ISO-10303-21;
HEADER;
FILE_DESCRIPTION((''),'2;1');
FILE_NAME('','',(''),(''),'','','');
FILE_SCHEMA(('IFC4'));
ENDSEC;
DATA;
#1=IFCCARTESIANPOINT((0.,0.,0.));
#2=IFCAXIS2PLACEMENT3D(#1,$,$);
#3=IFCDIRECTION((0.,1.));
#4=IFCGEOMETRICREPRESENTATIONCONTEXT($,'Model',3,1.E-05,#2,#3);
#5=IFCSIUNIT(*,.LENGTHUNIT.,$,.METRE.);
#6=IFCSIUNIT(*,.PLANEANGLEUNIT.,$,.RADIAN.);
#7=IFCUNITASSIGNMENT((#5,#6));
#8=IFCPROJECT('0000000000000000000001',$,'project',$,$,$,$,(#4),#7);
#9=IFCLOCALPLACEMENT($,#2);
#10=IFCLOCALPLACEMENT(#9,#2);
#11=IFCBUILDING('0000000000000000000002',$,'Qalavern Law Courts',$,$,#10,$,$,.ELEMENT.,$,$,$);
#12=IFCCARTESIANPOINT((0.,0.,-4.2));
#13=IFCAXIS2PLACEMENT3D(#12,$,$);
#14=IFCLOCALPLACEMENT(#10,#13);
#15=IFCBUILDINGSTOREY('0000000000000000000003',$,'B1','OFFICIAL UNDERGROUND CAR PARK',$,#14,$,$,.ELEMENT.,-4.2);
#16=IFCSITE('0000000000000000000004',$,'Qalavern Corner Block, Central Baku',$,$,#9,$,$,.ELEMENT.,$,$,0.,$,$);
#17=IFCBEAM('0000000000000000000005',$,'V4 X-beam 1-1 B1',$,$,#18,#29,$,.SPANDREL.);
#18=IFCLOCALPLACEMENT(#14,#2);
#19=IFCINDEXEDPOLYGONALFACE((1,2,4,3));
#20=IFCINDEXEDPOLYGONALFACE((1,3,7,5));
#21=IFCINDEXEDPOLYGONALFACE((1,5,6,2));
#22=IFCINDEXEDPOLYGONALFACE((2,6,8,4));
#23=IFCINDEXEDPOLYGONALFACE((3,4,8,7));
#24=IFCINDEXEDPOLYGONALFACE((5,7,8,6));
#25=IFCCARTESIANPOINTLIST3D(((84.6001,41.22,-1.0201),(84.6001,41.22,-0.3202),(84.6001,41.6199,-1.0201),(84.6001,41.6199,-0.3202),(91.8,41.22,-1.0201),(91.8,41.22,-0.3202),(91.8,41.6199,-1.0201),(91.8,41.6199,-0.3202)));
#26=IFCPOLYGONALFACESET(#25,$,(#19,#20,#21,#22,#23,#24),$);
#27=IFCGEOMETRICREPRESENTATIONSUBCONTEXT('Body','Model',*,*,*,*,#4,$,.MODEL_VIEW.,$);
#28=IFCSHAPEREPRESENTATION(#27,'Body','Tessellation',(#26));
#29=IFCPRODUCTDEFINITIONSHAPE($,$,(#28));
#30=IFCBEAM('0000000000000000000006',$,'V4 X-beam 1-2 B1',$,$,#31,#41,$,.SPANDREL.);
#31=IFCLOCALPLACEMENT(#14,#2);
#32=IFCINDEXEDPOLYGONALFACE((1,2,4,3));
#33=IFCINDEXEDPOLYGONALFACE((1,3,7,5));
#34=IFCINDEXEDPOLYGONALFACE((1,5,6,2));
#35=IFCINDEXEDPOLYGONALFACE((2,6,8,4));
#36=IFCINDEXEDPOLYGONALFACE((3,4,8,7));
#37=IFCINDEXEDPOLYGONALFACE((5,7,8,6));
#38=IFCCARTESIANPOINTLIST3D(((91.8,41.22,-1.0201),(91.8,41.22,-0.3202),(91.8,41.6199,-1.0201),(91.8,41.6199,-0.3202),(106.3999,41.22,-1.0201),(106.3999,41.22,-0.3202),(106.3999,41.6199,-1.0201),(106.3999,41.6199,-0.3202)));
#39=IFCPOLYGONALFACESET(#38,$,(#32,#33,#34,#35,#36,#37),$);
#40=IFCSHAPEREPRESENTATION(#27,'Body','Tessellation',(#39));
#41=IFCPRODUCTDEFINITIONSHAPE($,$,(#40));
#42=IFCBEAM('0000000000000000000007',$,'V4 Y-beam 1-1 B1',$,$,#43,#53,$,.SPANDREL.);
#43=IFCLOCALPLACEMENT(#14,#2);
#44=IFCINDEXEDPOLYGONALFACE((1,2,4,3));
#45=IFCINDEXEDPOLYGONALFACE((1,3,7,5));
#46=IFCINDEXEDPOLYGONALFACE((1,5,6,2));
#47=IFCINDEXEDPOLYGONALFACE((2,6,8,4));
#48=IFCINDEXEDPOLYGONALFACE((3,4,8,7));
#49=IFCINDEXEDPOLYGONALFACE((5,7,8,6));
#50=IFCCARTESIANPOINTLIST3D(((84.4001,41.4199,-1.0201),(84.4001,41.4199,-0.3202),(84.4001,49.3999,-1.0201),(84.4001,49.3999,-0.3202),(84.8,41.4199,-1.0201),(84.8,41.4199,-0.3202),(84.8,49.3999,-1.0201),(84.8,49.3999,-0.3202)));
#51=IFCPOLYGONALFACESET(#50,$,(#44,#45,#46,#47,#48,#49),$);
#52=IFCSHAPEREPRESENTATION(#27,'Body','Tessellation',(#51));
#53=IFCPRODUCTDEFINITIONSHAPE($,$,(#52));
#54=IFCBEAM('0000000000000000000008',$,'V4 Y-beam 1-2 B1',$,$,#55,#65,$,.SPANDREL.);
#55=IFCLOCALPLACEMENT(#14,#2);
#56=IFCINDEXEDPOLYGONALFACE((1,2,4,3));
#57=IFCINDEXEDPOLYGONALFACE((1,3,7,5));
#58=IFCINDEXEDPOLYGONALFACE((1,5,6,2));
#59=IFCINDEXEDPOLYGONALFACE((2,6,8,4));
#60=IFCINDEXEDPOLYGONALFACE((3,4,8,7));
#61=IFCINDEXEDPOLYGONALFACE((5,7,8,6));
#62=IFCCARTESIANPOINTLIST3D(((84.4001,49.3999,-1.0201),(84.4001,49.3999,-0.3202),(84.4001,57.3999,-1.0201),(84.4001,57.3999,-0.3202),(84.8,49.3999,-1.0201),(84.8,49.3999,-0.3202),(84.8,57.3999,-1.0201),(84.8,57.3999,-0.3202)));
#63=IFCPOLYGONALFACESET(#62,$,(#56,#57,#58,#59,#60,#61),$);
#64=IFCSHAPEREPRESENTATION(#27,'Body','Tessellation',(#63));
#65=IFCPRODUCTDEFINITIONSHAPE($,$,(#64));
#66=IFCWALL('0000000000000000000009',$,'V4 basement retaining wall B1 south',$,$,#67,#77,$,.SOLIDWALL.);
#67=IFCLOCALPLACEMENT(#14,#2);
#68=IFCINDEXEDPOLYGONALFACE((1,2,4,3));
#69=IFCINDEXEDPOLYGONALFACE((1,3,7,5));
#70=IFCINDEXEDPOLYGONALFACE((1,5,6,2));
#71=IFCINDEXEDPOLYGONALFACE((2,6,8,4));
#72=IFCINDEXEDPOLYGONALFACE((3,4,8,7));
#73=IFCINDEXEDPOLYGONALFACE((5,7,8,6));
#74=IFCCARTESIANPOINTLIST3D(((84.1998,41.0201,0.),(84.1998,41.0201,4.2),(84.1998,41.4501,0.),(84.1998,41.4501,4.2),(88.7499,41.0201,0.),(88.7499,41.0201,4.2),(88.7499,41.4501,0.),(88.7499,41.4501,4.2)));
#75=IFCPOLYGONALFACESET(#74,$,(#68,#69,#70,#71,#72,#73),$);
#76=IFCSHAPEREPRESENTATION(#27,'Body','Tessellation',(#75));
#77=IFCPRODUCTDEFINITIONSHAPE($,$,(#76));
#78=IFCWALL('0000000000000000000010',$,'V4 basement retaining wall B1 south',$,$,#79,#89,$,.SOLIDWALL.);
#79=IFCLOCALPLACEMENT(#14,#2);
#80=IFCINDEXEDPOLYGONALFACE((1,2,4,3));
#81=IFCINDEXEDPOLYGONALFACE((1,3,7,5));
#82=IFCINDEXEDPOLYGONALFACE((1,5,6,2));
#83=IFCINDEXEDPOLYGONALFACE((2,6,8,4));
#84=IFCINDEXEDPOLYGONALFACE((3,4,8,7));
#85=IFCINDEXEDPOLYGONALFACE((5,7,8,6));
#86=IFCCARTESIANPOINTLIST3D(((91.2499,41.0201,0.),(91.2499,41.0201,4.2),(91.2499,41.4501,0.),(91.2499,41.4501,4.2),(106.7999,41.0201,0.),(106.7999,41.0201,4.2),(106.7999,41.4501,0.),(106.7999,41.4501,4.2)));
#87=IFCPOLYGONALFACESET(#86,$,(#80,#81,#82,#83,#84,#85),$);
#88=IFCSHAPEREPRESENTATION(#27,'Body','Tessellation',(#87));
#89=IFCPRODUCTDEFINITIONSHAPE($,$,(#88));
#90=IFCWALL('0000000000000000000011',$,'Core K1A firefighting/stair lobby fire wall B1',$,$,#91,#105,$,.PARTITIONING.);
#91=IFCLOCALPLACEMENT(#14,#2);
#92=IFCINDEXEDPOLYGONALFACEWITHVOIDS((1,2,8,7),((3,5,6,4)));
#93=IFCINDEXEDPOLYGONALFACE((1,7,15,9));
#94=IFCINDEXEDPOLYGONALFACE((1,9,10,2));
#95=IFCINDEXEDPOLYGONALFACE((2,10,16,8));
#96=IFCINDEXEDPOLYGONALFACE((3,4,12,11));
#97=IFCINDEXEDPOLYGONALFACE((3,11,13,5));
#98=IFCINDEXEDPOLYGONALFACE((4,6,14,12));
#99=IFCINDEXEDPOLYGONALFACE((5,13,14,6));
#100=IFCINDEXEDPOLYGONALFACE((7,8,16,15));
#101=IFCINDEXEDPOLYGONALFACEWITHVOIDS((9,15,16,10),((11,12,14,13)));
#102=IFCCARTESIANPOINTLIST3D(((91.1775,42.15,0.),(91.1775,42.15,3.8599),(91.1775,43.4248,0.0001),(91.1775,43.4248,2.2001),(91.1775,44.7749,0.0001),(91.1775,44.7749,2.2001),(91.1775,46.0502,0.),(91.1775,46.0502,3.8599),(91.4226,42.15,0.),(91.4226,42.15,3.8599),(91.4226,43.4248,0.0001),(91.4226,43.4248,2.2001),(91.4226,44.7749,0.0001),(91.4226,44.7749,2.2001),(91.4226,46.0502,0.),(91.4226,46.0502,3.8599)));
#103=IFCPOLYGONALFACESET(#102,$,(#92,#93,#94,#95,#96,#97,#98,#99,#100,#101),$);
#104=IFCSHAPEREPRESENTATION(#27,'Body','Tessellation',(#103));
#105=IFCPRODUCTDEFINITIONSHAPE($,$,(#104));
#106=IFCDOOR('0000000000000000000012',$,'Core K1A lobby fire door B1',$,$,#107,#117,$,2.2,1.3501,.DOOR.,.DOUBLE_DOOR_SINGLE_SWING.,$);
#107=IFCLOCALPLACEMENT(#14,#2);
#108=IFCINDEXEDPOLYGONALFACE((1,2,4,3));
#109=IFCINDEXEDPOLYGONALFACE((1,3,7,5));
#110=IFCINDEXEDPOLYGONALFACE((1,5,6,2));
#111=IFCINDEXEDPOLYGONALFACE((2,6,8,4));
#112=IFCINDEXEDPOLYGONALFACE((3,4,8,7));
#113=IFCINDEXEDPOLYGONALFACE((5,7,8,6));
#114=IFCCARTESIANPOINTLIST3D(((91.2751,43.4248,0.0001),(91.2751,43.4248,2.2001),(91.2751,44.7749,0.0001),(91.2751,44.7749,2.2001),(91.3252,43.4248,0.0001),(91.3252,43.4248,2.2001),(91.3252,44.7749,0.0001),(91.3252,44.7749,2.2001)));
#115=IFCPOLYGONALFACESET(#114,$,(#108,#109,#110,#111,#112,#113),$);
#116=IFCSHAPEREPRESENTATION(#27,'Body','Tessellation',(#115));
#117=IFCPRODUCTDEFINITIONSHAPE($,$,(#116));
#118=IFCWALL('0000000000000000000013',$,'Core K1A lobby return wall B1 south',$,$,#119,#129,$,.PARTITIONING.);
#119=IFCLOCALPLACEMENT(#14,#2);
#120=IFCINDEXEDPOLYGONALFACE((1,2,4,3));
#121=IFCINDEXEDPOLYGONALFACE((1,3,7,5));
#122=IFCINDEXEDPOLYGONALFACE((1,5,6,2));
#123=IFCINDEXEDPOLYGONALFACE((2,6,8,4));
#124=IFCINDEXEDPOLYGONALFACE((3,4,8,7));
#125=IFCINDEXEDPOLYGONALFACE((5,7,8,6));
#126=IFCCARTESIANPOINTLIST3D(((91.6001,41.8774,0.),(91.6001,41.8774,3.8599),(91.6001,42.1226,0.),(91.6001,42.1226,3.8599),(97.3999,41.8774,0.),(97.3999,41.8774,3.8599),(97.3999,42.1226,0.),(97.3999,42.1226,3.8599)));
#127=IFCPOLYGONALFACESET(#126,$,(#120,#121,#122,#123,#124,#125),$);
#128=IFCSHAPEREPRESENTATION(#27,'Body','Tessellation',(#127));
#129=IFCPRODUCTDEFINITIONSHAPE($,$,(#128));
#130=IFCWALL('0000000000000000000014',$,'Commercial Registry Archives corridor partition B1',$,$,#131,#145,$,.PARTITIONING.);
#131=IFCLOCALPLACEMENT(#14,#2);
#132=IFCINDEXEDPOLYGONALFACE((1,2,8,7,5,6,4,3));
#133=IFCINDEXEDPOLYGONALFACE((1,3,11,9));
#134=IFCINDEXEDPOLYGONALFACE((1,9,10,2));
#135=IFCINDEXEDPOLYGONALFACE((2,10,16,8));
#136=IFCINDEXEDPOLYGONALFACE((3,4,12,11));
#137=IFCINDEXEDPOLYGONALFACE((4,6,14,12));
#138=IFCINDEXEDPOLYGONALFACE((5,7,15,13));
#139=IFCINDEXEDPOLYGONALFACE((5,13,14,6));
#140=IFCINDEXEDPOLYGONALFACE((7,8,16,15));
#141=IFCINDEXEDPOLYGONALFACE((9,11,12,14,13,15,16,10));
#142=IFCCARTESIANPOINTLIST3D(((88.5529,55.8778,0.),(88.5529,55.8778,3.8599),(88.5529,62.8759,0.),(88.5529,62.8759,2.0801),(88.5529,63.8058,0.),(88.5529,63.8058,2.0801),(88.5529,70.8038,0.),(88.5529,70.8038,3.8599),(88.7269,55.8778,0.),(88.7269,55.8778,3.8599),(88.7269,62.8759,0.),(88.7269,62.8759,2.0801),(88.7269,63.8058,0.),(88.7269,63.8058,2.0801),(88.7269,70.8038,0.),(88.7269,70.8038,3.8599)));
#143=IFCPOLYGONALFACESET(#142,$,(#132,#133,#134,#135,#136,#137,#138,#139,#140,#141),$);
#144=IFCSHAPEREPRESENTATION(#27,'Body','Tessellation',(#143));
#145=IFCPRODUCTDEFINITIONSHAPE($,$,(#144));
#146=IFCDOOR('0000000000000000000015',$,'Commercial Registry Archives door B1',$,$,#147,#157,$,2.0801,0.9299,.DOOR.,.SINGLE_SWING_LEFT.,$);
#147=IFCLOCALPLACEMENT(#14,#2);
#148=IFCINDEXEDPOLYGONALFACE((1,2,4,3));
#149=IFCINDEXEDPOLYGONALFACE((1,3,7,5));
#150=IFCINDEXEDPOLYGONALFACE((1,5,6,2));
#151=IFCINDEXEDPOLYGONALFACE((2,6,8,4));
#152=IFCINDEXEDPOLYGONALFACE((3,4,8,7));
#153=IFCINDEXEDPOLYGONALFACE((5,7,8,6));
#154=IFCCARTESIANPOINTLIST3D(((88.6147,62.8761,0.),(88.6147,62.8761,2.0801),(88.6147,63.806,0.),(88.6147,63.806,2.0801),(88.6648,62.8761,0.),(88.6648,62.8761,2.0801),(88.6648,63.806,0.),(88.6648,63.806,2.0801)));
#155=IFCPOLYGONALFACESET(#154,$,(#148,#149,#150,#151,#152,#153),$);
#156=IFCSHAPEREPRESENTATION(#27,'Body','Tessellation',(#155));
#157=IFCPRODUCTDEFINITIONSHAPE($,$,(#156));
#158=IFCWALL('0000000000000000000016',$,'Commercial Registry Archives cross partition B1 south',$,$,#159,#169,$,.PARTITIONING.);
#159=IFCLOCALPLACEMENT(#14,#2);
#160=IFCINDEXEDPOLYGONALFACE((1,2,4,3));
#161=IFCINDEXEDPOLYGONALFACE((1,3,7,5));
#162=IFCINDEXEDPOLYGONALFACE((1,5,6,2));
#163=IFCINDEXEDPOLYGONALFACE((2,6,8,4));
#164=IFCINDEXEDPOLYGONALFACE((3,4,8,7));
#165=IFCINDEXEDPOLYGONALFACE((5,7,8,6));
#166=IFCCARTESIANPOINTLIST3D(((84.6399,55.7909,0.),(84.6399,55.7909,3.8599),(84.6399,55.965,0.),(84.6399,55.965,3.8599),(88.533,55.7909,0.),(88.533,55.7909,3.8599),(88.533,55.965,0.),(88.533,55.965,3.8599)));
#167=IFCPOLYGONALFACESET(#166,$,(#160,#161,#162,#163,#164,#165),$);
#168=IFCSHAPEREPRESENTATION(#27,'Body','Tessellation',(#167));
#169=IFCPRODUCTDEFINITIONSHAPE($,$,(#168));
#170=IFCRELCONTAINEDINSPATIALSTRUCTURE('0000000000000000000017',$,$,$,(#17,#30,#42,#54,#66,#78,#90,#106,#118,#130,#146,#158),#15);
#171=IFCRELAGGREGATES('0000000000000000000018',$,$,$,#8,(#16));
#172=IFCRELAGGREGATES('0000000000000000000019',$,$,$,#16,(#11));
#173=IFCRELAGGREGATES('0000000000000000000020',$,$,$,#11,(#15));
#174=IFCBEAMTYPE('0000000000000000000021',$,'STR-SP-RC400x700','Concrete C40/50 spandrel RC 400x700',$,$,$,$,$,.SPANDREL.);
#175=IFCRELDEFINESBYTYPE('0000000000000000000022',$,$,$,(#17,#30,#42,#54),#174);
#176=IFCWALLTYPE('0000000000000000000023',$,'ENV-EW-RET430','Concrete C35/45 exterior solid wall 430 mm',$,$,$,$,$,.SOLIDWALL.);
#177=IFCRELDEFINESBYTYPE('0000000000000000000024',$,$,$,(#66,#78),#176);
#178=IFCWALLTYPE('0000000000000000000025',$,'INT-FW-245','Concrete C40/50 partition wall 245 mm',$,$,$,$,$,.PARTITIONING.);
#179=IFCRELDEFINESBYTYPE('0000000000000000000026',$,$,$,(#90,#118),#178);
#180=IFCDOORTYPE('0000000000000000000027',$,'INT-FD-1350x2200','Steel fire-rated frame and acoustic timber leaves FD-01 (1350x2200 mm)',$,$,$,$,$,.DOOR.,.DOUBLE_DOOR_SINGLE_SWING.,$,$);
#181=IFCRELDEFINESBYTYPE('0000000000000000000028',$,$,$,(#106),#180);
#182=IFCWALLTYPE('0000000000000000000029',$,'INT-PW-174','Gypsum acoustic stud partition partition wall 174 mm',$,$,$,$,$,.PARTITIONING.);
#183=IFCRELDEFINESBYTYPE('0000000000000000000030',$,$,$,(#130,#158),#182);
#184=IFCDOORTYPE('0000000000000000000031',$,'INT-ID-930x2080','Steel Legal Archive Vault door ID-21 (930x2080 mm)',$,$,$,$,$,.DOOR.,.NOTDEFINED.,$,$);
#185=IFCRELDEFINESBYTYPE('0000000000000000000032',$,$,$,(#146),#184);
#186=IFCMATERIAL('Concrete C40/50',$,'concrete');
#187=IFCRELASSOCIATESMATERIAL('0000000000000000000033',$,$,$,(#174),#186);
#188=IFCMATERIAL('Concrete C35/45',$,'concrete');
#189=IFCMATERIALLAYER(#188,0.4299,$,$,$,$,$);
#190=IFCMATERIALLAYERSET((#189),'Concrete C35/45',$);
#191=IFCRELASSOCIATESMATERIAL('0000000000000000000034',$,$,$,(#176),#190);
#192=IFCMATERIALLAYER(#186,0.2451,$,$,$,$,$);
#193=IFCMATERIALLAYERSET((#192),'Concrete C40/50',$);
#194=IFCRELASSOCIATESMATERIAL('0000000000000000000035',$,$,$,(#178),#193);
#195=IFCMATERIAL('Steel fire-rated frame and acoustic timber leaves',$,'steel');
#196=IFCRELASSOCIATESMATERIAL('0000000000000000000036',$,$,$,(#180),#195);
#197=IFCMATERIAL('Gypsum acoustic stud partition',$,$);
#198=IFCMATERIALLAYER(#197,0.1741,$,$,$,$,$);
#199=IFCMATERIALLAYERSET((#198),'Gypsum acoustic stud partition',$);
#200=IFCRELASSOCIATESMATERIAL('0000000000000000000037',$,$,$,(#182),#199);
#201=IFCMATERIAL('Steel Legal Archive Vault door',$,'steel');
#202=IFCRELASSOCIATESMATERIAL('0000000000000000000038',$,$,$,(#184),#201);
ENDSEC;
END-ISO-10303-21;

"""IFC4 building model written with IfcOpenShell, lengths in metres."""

from ifc_helpers import new_model, si_unit, direction, frame, frame_2d, origin, origin_2d, place, context, subcontext, project, spatial, rectangle, extrude, material, layer, layer_set, material_profile, profile_set, type_object, element, fill, save


model = new_model("IFC4")

# Units and contexts
model_context = context("Model", 3, precision=1e-05, world=origin(), true_north=direction((0.0, 1.0)))
body_context = subcontext(model_context, "Body", "Model", "MODEL_VIEW")
ifc_project = project(units=[si_unit("LENGTHUNIT", "METRE"), si_unit("PLANEANGLEUNIT", "RADIAN")], contexts=[model_context])

# Site, building, storey
site_placement = place(None, origin())
site = spatial("IfcSite", under=ifc_project, at=site_placement, Name="Qalavern Corner Block, Central Baku", CompositionType="ELEMENT", RefElevation=0.0)
building_placement = place(site_placement, origin())
building = spatial("IfcBuilding", under=site, at=building_placement, Name="Qalavern Law Courts", CompositionType="ELEMENT")
storey_placement = place(building_placement, frame((0.0, 0.0, -4.2)))
storey = spatial("IfcBuildingStorey", under=building, at=storey_placement, Name="B1", Description="OFFICIAL UNDERGROUND CAR PARK", CompositionType="ELEMENT", Elevation=-4.2)

# Beams
ifc_material_1 = material(Name="Concrete C40/50", Category="concrete")
ifc_material_profile_1 = material_profile(ifc_material_1, rectangle(XDim=0.3999, YDim=0.7, at=origin_2d()), Name="RC 400x700")
ifc_profile_set_1 = profile_set([ifc_material_profile_1], Name="Concrete C40/50")
beam_type_1 = type_object("IfcBeamType", Name="STR-SP-RC400x700", Description="Concrete C40/50 spandrel RC 400x700", PredefinedType="SPANDREL", material=ifc_profile_set_1)
beam_1_placement = place(storey_placement, frame((84.6001, 41.4199, -0.6702), z_axis=(1.0, 0.0, 0.0), x_axis=(0.0, 1.0, 0.0)))
element("IfcBeam", 1, at=beam_1_placement, inside=storey, type_object=beam_type_1, Name="V4 X-beam 1-1 B1", PredefinedType="SPANDREL", context=body_context, shape_type="SweptSolid", body=[
    extrude(rectangle(XDim=0.3999, YDim=0.7, at=origin_2d()), origin(), (0.0, 0.0, 1.0), 7.2),
])
beam_2_placement = place(storey_placement, frame((91.8, 41.4199, -0.6702), z_axis=(1.0, 0.0, 0.0), x_axis=(0.0, 1.0, 0.0)))
element("IfcBeam", 2, at=beam_2_placement, inside=storey, type_object=beam_type_1, Name="V4 X-beam 1-2 B1", PredefinedType="SPANDREL", context=body_context, shape_type="SweptSolid", body=[
    extrude(rectangle(XDim=0.3999, YDim=0.7, at=origin_2d()), origin(), (0.0, 0.0, 1.0), 14.5999),
])
beam_3_placement = place(storey_placement, frame((84.6001, 41.4199, -0.6702), z_axis=(0.0, 1.0, 0.0), x_axis=(-1.0, 0.0, 0.0)))
element("IfcBeam", 3, at=beam_3_placement, inside=storey, type_object=beam_type_1, Name="V4 Y-beam 1-1 B1", PredefinedType="SPANDREL", context=body_context, shape_type="SweptSolid", body=[
    extrude(rectangle(XDim=0.3999, YDim=0.7, at=origin_2d()), origin(), (0.0, 0.0, 1.0), 7.98),
])
beam_4_placement = place(storey_placement, frame((84.6001, 49.3999, -0.6702), z_axis=(0.0, 1.0, 0.0), x_axis=(-1.0, 0.0, 0.0)))
element("IfcBeam", 4, at=beam_4_placement, inside=storey, type_object=beam_type_1, Name="V4 Y-beam 1-2 B1", PredefinedType="SPANDREL", context=body_context, shape_type="SweptSolid", body=[
    extrude(rectangle(XDim=0.3999, YDim=0.7, at=origin_2d()), origin(), (0.0, 0.0, 1.0), 8.0),
])

# Walls
ifc_material_2 = material(Name="Concrete C35/45", Category="concrete")
ifc_layer_1 = layer(ifc_material_2, 0.4299)
ifc_layer_set_1 = layer_set([ifc_layer_1], Name="Concrete C35/45")
wall_type_1 = type_object("IfcWallType", Name="ENV-EW-RET430", Description="Concrete C35/45 exterior solid wall 430 mm", PredefinedType="SOLIDWALL", material=ifc_layer_set_1)
wall_1_placement = place(storey_placement, frame((84.2, 41.2351, 0.0), z_axis=(0.0, 0.0, 1.0), x_axis=(1.0, 0.0, 0.0)))
element("IfcWall", 5, at=wall_1_placement, inside=storey, type_object=wall_type_1, Name="V4 basement retaining wall B1 south", PredefinedType="SOLIDWALL", context=body_context, shape_type="SweptSolid", body=[
    extrude(rectangle(XDim=4.55, YDim=0.4299, at=frame_2d((2.2749, 0.0))), origin(), (0.0, 0.0, 1.0), 4.2),
])
wall_2_placement = place(storey_placement, frame((91.25, 41.2351, 0.0), z_axis=(0.0, 0.0, 1.0), x_axis=(1.0, 0.0, 0.0)))
element("IfcWall", 6, at=wall_2_placement, inside=storey, type_object=wall_type_1, Name="V4 basement retaining wall B1 south", PredefinedType="SOLIDWALL", context=body_context, shape_type="SweptSolid", body=[
    extrude(rectangle(XDim=15.55, YDim=0.4299, at=frame_2d((7.7749, 0.0))), origin(), (0.0, 0.0, 1.0), 4.2),
])

# Wall, opening, door
ifc_layer_2 = layer(ifc_material_1, 0.2451)
ifc_layer_set_2 = layer_set([ifc_layer_2], Name="Concrete C40/50")
wall_type_2 = type_object("IfcWallType", Name="INT-FW-245", Description="Concrete C40/50 partition wall 245 mm", PredefinedType="PARTITIONING", material=ifc_layer_set_2)
wall_3_placement = place(storey_placement, frame((91.3, 42.1499, 0.0), z_axis=(0.0, 0.0, 1.0), x_axis=(0.0, 1.0, 0.0)))
wall_3 = element("IfcWall", 7, at=wall_3_placement, inside=storey, type_object=wall_type_2, Name="Core K1A firefighting/stair lobby fire wall B1", PredefinedType="PARTITIONING", context=body_context, shape_type="SweptSolid", body=[
    extrude(rectangle(XDim=3.9001, YDim=0.2451, at=frame_2d((1.9502, 0.0))), origin(), (0.0, 0.0, 1.0), 3.8599),
])
opening_1_placement = place(wall_3_placement, frame((1.2749, 0.0, 0.0)))
opening_1 = element("IfcOpeningElement", 8, at=opening_1_placement, cuts=wall_3, PredefinedType="OPENING", context=body_context, shape_type="SweptSolid", body=[
    extrude(rectangle(XDim=1.3501, YDim=2.2, at=frame_2d((0.675, 1.1001))), frame((0.0, 0.1375, 0.0), z_axis=(0.0, -1.0, 0.0), x_axis=(1.0, 0.0, 0.0)), (0.0, 0.0, 1.0), 0.2749),
])
ifc_material_3 = material(Name="Steel fire-rated frame and acoustic timber leaves", Category="steel")
door_type_1 = type_object("IfcDoorType", Name="INT-FD-1350x2200", Description="Steel fire-rated frame and acoustic timber leaves FD-01 (1350x2200 mm)", OperationType="DOUBLE_DOOR_SINGLE_SWING", PredefinedType="DOOR", material=ifc_material_3)
door_1_placement = place(opening_1_placement, origin())
door_1 = element("IfcDoor", 9, at=door_1_placement, inside=storey, type_object=door_type_1, Name="Core K1A lobby fire door B1", OperationType="DOUBLE_DOOR_SINGLE_SWING", OverallHeight=2.2, OverallWidth=1.3501, PredefinedType="DOOR", context=body_context, shape_type="SweptSolid", body=[
    extrude(rectangle(XDim=1.3501, YDim=2.2, at=frame_2d((0.675, 1.1001))), frame((0.0, 0.0249, 0.0), z_axis=(0.0, -1.0, 0.0), x_axis=(1.0, 0.0, 0.0)), (0.0, 0.0, 1.0), 0.05),
])
fill(opening_1, door_1)

# Wall
wall_4_placement = place(storey_placement, frame((91.6001, 42.0, 0.0), z_axis=(0.0, 0.0, 1.0), x_axis=(1.0, 0.0, 0.0)))
element("IfcWall", 10, at=wall_4_placement, inside=storey, type_object=wall_type_2, Name="Core K1A lobby return wall B1 south", PredefinedType="PARTITIONING", context=body_context, shape_type="SweptSolid", body=[
    extrude(rectangle(XDim=5.7998, YDim=0.2451, at=frame_2d((2.8999, 0.0))), origin(), (0.0, 0.0, 1.0), 3.8599),
])

# Wall, opening, door
ifc_material_4 = material(Name="Gypsum acoustic stud partition")
ifc_layer_3 = layer(ifc_material_4, 0.1741)
ifc_layer_set_3 = layer_set([ifc_layer_3], Name="Gypsum acoustic stud partition")
wall_type_3 = type_object("IfcWallType", Name="INT-PW-174", Description="Gypsum acoustic stud partition partition wall 174 mm", PredefinedType="PARTITIONING", material=ifc_layer_set_3)
wall_5_placement = place(storey_placement, frame((88.6399, 55.8779, 0.0), z_axis=(0.0, 0.0, 1.0), x_axis=(0.0, 1.0, 0.0)))
wall_5 = element("IfcWall", 11, at=wall_5_placement, inside=storey, type_object=wall_type_3, Name="Commercial Registry Archives corridor partition B1", PredefinedType="PARTITIONING", context=body_context, shape_type="SweptSolid", body=[
    extrude(rectangle(XDim=14.926, YDim=0.1741, at=frame_2d((7.4629, 0.0))), origin(), (0.0, 0.0, 1.0), 3.8599),
])
opening_2_placement = place(wall_5_placement, frame((6.998, 0.0, 0.0)))
opening_2 = element("IfcOpeningElement", 12, at=opening_2_placement, cuts=wall_5, PredefinedType="OPENING", context=body_context, shape_type="SweptSolid", body=[
    extrude(rectangle(XDim=0.9299, YDim=2.0801, at=frame_2d((0.4648, 1.04))), frame((0.0, 0.1021, 0.0), z_axis=(0.0, -1.0, 0.0), x_axis=(1.0, 0.0, 0.0)), (0.0, 0.0, 1.0), 0.2039),
])
ifc_material_5 = material(Name="Steel Legal Archive Vault door", Category="steel")
door_type_2 = type_object("IfcDoorType", Name="INT-ID-930x2080", Description="Steel Legal Archive Vault door ID-21 (930x2080 mm)", OperationType="NOTDEFINED", PredefinedType="DOOR", material=ifc_material_5)
door_2_placement = place(opening_2_placement, frame((0.9299, 0.0, 0.0), z_axis=(0.0, 0.0, 1.0), x_axis=(-1.0, 0.0, 0.0)))
door_2 = element("IfcDoor", 13, at=door_2_placement, inside=storey, type_object=door_type_2, Name="Commercial Registry Archives door B1", OperationType="SINGLE_SWING_LEFT", OverallHeight=2.0801, OverallWidth=0.9299, PredefinedType="DOOR", context=body_context, shape_type="SweptSolid", body=[
    extrude(rectangle(XDim=0.9299, YDim=2.0801, at=frame_2d((0.4648, 1.04))), frame((0.0, 0.0249, 0.0), z_axis=(0.0, -1.0, 0.0), x_axis=(1.0, 0.0, 0.0)), (0.0, 0.0, 1.0), 0.05),
])
fill(opening_2, door_2)

# Wall
wall_6_placement = place(storey_placement, frame((84.6399, 55.8779, 0.0), z_axis=(0.0, 0.0, 1.0), x_axis=(1.0, 0.0, 0.0)))
element("IfcWall", 14, at=wall_6_placement, inside=storey, type_object=wall_type_3, Name="Commercial Registry Archives cross partition B1 south", PredefinedType="PARTITIONING", context=body_context, shape_type="SweptSolid", body=[
    extrude(rectangle(XDim=3.8931, YDim=0.1741, at=frame_2d((1.9465, 0.0))), origin(), (0.0, 0.0, 1.0), 3.8599),
])

save(model, "model.ifc")
